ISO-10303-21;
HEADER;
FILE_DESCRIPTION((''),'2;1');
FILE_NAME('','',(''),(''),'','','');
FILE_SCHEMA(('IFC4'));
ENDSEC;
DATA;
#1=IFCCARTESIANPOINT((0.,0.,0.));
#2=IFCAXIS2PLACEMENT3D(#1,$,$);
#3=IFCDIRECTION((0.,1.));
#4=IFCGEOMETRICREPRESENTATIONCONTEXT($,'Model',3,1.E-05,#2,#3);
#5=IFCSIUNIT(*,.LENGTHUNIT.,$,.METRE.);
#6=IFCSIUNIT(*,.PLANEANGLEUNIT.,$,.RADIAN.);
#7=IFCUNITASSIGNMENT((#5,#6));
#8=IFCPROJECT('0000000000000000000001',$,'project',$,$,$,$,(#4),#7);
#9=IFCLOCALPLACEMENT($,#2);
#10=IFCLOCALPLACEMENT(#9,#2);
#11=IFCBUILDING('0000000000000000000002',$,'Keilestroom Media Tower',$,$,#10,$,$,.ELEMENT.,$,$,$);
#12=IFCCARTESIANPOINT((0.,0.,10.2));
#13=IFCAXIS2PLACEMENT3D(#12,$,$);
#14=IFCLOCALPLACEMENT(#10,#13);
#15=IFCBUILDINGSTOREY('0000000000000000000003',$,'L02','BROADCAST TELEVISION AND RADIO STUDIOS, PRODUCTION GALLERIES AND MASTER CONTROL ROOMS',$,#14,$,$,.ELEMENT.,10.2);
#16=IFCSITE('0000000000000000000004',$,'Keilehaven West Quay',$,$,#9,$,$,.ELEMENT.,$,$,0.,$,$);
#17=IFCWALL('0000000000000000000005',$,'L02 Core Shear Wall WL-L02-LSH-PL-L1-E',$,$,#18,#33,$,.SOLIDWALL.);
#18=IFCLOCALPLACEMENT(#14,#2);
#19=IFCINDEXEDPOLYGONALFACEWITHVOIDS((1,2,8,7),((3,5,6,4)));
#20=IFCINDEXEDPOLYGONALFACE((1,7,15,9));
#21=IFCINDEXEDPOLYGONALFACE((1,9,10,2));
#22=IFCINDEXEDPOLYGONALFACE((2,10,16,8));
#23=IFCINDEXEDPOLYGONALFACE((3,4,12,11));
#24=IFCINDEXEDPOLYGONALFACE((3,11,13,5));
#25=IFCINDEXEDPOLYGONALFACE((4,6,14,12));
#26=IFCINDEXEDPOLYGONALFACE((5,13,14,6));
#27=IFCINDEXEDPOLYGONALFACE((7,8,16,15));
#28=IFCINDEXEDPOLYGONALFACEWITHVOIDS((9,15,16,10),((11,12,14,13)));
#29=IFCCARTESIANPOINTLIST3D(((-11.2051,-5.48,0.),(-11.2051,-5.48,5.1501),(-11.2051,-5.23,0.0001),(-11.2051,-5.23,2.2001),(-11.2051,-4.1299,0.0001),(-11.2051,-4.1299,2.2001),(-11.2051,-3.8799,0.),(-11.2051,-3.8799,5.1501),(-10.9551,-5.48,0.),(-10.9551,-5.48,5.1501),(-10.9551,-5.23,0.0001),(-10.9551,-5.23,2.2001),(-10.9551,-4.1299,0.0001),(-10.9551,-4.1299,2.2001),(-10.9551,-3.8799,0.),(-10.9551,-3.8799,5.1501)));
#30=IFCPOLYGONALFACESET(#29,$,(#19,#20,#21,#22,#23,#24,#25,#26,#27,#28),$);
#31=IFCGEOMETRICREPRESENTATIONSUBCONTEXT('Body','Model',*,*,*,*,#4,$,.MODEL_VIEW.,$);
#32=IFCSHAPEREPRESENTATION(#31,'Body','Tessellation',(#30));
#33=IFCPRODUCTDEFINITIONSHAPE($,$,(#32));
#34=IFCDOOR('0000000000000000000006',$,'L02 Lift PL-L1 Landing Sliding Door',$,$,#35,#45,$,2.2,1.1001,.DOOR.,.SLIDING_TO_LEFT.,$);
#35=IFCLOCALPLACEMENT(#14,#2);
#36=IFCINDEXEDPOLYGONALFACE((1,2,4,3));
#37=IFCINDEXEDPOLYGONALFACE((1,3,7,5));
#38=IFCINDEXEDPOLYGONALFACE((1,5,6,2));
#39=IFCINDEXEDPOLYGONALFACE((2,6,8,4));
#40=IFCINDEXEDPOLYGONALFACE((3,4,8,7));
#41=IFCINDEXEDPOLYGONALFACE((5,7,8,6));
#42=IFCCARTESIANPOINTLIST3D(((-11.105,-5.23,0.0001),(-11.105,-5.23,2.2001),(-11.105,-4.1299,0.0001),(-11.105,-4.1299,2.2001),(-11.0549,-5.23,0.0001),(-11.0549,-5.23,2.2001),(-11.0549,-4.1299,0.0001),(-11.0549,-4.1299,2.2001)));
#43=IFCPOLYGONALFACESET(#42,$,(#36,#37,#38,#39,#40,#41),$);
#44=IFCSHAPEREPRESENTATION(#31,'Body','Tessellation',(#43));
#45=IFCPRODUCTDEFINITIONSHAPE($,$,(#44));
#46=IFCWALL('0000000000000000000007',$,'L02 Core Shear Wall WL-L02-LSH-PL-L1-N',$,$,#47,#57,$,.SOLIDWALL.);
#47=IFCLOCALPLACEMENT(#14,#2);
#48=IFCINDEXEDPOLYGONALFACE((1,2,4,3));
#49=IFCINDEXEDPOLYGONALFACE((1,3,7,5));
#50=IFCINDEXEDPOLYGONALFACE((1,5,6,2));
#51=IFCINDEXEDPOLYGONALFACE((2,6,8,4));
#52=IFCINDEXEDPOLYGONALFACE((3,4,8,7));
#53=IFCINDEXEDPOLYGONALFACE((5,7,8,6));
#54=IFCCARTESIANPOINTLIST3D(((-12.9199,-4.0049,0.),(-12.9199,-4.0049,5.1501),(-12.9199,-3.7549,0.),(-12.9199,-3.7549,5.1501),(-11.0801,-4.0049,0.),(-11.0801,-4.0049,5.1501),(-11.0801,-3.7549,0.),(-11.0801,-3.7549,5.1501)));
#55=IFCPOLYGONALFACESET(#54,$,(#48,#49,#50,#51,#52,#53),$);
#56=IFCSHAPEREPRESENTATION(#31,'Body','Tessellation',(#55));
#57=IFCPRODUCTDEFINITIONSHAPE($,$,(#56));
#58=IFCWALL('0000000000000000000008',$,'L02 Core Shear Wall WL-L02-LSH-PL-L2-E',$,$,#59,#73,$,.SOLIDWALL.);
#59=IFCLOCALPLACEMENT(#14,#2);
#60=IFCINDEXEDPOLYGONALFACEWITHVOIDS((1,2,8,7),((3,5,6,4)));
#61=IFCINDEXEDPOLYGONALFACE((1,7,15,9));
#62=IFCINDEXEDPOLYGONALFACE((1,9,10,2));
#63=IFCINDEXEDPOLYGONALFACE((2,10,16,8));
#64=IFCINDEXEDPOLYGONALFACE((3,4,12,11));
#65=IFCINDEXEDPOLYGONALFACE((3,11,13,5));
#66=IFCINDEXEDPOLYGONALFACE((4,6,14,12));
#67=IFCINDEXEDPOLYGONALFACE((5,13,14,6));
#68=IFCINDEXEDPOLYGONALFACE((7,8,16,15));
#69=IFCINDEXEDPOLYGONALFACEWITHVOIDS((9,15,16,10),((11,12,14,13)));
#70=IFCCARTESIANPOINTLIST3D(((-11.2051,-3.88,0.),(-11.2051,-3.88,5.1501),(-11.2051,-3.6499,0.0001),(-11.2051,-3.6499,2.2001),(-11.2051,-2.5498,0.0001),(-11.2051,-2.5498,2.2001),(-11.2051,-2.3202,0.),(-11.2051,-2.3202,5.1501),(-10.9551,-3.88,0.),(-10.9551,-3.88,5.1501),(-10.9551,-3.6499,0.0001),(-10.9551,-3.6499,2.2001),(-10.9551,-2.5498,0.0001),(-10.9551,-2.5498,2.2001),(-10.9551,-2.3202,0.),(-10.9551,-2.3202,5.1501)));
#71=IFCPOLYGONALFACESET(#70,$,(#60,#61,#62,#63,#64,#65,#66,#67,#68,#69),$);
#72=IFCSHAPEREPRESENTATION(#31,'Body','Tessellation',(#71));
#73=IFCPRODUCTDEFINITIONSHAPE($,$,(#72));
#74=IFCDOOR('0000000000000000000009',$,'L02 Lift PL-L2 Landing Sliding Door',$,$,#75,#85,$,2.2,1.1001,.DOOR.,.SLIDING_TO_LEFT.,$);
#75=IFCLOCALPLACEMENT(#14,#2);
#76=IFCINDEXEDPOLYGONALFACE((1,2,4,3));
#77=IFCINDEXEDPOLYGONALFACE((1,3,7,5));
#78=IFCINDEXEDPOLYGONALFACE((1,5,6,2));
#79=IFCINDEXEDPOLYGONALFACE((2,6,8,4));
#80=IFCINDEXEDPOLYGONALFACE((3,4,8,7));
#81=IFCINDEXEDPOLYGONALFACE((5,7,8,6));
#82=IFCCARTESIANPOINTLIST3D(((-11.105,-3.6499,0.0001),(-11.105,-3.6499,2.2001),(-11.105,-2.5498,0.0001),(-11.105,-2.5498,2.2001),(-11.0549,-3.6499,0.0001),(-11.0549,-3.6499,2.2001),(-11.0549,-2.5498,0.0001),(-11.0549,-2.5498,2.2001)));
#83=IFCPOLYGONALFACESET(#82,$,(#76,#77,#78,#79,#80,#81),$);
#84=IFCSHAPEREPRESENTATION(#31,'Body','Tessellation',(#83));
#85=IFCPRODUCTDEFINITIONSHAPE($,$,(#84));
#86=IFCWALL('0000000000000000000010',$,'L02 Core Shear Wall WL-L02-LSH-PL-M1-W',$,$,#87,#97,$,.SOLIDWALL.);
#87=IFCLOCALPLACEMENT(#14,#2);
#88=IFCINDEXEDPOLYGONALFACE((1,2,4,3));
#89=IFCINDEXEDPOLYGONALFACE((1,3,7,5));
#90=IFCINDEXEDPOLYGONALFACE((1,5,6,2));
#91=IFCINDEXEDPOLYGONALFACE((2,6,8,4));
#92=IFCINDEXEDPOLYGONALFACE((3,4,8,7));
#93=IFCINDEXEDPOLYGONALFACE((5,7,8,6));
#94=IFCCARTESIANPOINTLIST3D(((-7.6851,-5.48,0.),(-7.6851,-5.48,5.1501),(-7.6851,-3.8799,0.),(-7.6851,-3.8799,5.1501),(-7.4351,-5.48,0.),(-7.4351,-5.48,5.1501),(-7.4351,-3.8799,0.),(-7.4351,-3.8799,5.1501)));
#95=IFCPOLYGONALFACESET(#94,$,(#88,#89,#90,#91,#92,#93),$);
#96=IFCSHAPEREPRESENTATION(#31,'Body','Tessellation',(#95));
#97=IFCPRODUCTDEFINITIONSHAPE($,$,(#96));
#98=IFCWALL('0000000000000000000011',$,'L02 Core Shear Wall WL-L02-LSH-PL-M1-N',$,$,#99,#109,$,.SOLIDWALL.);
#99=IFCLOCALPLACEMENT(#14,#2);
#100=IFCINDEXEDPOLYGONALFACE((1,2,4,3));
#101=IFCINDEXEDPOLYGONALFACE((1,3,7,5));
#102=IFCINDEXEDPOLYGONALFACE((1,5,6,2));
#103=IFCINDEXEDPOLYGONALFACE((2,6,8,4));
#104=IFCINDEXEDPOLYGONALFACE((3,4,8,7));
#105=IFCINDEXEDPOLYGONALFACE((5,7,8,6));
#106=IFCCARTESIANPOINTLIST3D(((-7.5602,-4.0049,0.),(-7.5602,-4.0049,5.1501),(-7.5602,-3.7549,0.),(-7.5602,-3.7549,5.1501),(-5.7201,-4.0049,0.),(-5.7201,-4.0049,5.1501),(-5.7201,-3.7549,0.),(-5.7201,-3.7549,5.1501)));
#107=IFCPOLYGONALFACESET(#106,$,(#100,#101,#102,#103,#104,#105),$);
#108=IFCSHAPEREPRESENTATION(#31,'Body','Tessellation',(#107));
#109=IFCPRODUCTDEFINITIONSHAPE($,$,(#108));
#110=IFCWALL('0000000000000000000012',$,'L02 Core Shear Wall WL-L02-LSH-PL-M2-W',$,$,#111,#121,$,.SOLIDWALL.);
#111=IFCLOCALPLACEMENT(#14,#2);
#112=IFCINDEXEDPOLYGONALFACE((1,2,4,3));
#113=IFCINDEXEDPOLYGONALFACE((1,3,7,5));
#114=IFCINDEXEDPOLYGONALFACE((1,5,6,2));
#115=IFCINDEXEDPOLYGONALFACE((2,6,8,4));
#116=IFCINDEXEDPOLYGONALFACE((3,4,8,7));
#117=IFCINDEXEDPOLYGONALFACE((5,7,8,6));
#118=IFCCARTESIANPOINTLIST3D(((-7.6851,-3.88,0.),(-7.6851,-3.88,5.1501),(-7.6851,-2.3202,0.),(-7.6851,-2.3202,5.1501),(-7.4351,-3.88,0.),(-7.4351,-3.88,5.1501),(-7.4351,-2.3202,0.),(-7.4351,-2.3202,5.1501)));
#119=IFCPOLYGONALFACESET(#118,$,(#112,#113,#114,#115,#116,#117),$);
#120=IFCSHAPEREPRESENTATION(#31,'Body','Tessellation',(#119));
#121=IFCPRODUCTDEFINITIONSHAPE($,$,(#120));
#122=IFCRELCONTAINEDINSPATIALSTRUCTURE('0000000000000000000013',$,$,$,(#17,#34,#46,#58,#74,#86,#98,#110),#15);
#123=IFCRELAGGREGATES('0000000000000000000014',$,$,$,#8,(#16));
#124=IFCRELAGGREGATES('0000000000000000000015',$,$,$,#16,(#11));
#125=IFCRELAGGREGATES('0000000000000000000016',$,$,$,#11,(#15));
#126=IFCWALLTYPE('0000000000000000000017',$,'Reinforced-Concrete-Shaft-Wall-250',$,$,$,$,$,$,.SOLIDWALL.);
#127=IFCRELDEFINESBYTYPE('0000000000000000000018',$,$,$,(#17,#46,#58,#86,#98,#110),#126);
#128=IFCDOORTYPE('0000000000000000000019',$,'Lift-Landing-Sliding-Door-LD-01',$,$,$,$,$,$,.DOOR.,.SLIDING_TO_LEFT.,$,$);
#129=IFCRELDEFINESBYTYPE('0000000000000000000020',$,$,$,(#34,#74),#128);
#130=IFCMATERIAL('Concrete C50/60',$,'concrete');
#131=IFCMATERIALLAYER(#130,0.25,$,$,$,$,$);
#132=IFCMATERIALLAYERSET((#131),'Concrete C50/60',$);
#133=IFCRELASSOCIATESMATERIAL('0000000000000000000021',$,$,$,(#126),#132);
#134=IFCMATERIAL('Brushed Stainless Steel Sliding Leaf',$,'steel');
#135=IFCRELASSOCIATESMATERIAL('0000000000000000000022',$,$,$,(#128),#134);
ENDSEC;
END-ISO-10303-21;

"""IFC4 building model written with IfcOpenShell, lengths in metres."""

from ifc_helpers import new_model, si_unit, direction, frame, frame_2d, origin, place, context, subcontext, project, spatial, rectangle, extrude, source, transform, mapped, material, layer, layer_set, type_object, element, fill, save


model = new_model("IFC4")

# Units and contexts
model_context = context("Model", 3, precision=1e-05, world=origin(), true_north=direction((0.0, 1.0)))
body_context = subcontext(model_context, "Body", "Model", "MODEL_VIEW")
ifc_project = project(units=[si_unit("LENGTHUNIT", "METRE"), si_unit("PLANEANGLEUNIT", "RADIAN")], contexts=[model_context])

# Site, building, storey
site_placement = place(None, origin())
site = spatial("IfcSite", under=ifc_project, at=site_placement, Name="Keilehaven West Quay", CompositionType="ELEMENT", RefElevation=0.0)
building_placement = place(site_placement, origin())
building = spatial("IfcBuilding", under=site, at=building_placement, Name="Keilestroom Media Tower", CompositionType="ELEMENT")
storey_placement = place(building_placement, frame((0.0, 0.0, 10.2)))
storey = spatial("IfcBuildingStorey", under=building, at=storey_placement, Name="L02", Description="BROADCAST TELEVISION AND RADIO STUDIOS, PRODUCTION GALLERIES AND MASTER CONTROL ROOMS", CompositionType="ELEMENT", Elevation=10.2)

# Wall, opening, door
ifc_material_1 = material(Name="Concrete C50/60", Category="concrete")
ifc_layer_1 = layer(ifc_material_1, 0.25)
ifc_layer_set_1 = layer_set([ifc_layer_1], Name="Concrete C50/60")
wall_type_1 = type_object("IfcWallType", Name="Reinforced-Concrete-Shaft-Wall-250", PredefinedType="SOLIDWALL", material=ifc_layer_set_1)
wall_1_placement = place(storey_placement, frame((-11.0801, -5.48, 0.0), z_axis=(0.0, 0.0, 1.0), x_axis=(0.0, 1.0, 0.0)))
wall_1 = element("IfcWall", 1, at=wall_1_placement, inside=storey, type_object=wall_type_1, Name="L02 Core Shear Wall WL-L02-LSH-PL-L1-E", PredefinedType="SOLIDWALL", context=body_context, shape_type="SweptSolid", body=[
    extrude(rectangle(XDim=1.6001, YDim=0.25, at=frame_2d((0.8, 0.0))), origin(), (0.0, 0.0, 1.0), 5.1501),
])
opening_1_placement = place(wall_1_placement, frame((0.25, 0.0, 0.0)))
opening_1 = element("IfcOpeningElement", 2, at=opening_1_placement, cuts=wall_1, PredefinedType="OPENING", context=body_context, shape_type="SweptSolid", body=[
    extrude(rectangle(XDim=1.1001, YDim=2.2, at=frame_2d((0.55, 1.1001))), frame((0.0, 0.135, 0.0), z_axis=(0.0, -1.0, 0.0), x_axis=(1.0, 0.0, 0.0)), (0.0, 0.0, 1.0), 0.27),
])
ifc_material_2 = material(Name="Brushed Stainless Steel Sliding Leaf", Category="steel")
door_type_1 = type_object("IfcDoorType", Name="Lift-Landing-Sliding-Door-LD-01", OperationType="SLIDING_TO_LEFT", PredefinedType="DOOR", material=ifc_material_2)
shared_shape_1 = source(origin(), body_context, "Body", "SweptSolid", [
    extrude(rectangle(XDim=1.1001, YDim=2.2, at=frame_2d((0.55, 1.1001))), frame((0.0, 0.0249, 0.0), z_axis=(0.0, -1.0, 0.0), x_axis=(1.0, 0.0, 0.0)), (0.0, 0.0, 1.0), 0.05),
])
door_1_placement = place(opening_1_placement, origin())
door_1 = element("IfcDoor", 3, at=door_1_placement, inside=storey, type_object=door_type_1, Name="L02 Lift PL-L1 Landing Sliding Door", OperationType="SLIDING_TO_LEFT", OverallHeight=2.2, OverallWidth=1.1001, PredefinedType="DOOR", context=body_context, shape_type="MappedRepresentation", body=[
    mapped(shared_shape_1, transform((0.0, 0.0, 0.0), x_axis=(1.0, 0.0, 0.0), y_axis=(0.0, 1.0, 0.0), z_axis=(0.0, 0.0, 1.0), scale=1.0)),
])
fill(opening_1, door_1)

# Wall
wall_2_placement = place(storey_placement, frame((-12.9199, -3.8799, 0.0), z_axis=(0.0, 0.0, 1.0), x_axis=(1.0, 0.0, 0.0)))
element("IfcWall", 4, at=wall_2_placement, inside=storey, type_object=wall_type_1, Name="L02 Core Shear Wall WL-L02-LSH-PL-L1-N", PredefinedType="SOLIDWALL", context=body_context, shape_type="SweptSolid", body=[
    extrude(rectangle(XDim=1.8398, YDim=0.25, at=frame_2d((0.9199, 0.0))), origin(), (0.0, 0.0, 1.0), 5.1501),
])

# Wall, opening, door
wall_3_placement = place(storey_placement, frame((-11.0801, -3.8799, 0.0), z_axis=(0.0, 0.0, 1.0), x_axis=(0.0, 1.0, 0.0)))
wall_3 = element("IfcWall", 5, at=wall_3_placement, inside=storey, type_object=wall_type_1, Name="L02 Core Shear Wall WL-L02-LSH-PL-L2-E", PredefinedType="SOLIDWALL", context=body_context, shape_type="SweptSolid", body=[
    extrude(rectangle(XDim=1.5598, YDim=0.25, at=frame_2d((0.7798, 0.0))), origin(), (0.0, 0.0, 1.0), 5.1501),
])
opening_2_placement = place(wall_3_placement, frame((0.23, 0.0, 0.0)))
opening_2 = element("IfcOpeningElement", 6, at=opening_2_placement, cuts=wall_3, PredefinedType="OPENING", context=body_context, shape_type="SweptSolid", body=[
    extrude(rectangle(XDim=1.1001, YDim=2.2, at=frame_2d((0.55, 1.1001))), frame((0.0, 0.135, 0.0), z_axis=(0.0, -1.0, 0.0), x_axis=(1.0, 0.0, 0.0)), (0.0, 0.0, 1.0), 0.27),
])
door_2_placement = place(opening_2_placement, origin())
door_2 = element("IfcDoor", 7, at=door_2_placement, inside=storey, type_object=door_type_1, Name="L02 Lift PL-L2 Landing Sliding Door", OperationType="SLIDING_TO_LEFT", OverallHeight=2.2, OverallWidth=1.1001, PredefinedType="DOOR", context=body_context, shape_type="MappedRepresentation", body=[
    mapped(shared_shape_1, transform((0.0, 0.0, 0.0), x_axis=(1.0, 0.0, 0.0), y_axis=(0.0, 1.0, 0.0), z_axis=(0.0, 0.0, 1.0), scale=1.0)),
])
fill(opening_2, door_2)

# Walls
wall_4_placement = place(storey_placement, frame((-7.5601, -5.48, 0.0), z_axis=(0.0, 0.0, 1.0), x_axis=(0.0, 1.0, 0.0)))
element("IfcWall", 8, at=wall_4_placement, inside=storey, type_object=wall_type_1, Name="L02 Core Shear Wall WL-L02-LSH-PL-M1-W", PredefinedType="SOLIDWALL", context=body_context, shape_type="SweptSolid", body=[
    extrude(rectangle(XDim=1.6001, YDim=0.25, at=frame_2d((0.8, 0.0))), origin(), (0.0, 0.0, 1.0), 5.1501),
])
wall_5_placement = place(storey_placement, frame((-7.5601, -3.8799, 0.0), z_axis=(0.0, 0.0, 1.0), x_axis=(1.0, 0.0, 0.0)))
element("IfcWall", 9, at=wall_5_placement, inside=storey, type_object=wall_type_1, Name="L02 Core Shear Wall WL-L02-LSH-PL-M1-N", PredefinedType="SOLIDWALL", context=body_context, shape_type="SweptSolid", body=[
    extrude(rectangle(XDim=1.8401, YDim=0.25, at=frame_2d((0.9199, 0.0))), origin(), (0.0, 0.0, 1.0), 5.1501),
])
wall_6_placement = place(storey_placement, frame((-7.5601, -3.8799, 0.0), z_axis=(0.0, 0.0, 1.0), x_axis=(0.0, 1.0, 0.0)))
element("IfcWall", 10, at=wall_6_placement, inside=storey, type_object=wall_type_1, Name="L02 Core Shear Wall WL-L02-LSH-PL-M2-W", PredefinedType="SOLIDWALL", context=body_context, shape_type="SweptSolid", body=[
    extrude(rectangle(XDim=1.5598, YDim=0.25, at=frame_2d((0.7798, 0.0))), origin(), (0.0, 0.0, 1.0), 5.1501),
])

save(model, "model.ifc")
